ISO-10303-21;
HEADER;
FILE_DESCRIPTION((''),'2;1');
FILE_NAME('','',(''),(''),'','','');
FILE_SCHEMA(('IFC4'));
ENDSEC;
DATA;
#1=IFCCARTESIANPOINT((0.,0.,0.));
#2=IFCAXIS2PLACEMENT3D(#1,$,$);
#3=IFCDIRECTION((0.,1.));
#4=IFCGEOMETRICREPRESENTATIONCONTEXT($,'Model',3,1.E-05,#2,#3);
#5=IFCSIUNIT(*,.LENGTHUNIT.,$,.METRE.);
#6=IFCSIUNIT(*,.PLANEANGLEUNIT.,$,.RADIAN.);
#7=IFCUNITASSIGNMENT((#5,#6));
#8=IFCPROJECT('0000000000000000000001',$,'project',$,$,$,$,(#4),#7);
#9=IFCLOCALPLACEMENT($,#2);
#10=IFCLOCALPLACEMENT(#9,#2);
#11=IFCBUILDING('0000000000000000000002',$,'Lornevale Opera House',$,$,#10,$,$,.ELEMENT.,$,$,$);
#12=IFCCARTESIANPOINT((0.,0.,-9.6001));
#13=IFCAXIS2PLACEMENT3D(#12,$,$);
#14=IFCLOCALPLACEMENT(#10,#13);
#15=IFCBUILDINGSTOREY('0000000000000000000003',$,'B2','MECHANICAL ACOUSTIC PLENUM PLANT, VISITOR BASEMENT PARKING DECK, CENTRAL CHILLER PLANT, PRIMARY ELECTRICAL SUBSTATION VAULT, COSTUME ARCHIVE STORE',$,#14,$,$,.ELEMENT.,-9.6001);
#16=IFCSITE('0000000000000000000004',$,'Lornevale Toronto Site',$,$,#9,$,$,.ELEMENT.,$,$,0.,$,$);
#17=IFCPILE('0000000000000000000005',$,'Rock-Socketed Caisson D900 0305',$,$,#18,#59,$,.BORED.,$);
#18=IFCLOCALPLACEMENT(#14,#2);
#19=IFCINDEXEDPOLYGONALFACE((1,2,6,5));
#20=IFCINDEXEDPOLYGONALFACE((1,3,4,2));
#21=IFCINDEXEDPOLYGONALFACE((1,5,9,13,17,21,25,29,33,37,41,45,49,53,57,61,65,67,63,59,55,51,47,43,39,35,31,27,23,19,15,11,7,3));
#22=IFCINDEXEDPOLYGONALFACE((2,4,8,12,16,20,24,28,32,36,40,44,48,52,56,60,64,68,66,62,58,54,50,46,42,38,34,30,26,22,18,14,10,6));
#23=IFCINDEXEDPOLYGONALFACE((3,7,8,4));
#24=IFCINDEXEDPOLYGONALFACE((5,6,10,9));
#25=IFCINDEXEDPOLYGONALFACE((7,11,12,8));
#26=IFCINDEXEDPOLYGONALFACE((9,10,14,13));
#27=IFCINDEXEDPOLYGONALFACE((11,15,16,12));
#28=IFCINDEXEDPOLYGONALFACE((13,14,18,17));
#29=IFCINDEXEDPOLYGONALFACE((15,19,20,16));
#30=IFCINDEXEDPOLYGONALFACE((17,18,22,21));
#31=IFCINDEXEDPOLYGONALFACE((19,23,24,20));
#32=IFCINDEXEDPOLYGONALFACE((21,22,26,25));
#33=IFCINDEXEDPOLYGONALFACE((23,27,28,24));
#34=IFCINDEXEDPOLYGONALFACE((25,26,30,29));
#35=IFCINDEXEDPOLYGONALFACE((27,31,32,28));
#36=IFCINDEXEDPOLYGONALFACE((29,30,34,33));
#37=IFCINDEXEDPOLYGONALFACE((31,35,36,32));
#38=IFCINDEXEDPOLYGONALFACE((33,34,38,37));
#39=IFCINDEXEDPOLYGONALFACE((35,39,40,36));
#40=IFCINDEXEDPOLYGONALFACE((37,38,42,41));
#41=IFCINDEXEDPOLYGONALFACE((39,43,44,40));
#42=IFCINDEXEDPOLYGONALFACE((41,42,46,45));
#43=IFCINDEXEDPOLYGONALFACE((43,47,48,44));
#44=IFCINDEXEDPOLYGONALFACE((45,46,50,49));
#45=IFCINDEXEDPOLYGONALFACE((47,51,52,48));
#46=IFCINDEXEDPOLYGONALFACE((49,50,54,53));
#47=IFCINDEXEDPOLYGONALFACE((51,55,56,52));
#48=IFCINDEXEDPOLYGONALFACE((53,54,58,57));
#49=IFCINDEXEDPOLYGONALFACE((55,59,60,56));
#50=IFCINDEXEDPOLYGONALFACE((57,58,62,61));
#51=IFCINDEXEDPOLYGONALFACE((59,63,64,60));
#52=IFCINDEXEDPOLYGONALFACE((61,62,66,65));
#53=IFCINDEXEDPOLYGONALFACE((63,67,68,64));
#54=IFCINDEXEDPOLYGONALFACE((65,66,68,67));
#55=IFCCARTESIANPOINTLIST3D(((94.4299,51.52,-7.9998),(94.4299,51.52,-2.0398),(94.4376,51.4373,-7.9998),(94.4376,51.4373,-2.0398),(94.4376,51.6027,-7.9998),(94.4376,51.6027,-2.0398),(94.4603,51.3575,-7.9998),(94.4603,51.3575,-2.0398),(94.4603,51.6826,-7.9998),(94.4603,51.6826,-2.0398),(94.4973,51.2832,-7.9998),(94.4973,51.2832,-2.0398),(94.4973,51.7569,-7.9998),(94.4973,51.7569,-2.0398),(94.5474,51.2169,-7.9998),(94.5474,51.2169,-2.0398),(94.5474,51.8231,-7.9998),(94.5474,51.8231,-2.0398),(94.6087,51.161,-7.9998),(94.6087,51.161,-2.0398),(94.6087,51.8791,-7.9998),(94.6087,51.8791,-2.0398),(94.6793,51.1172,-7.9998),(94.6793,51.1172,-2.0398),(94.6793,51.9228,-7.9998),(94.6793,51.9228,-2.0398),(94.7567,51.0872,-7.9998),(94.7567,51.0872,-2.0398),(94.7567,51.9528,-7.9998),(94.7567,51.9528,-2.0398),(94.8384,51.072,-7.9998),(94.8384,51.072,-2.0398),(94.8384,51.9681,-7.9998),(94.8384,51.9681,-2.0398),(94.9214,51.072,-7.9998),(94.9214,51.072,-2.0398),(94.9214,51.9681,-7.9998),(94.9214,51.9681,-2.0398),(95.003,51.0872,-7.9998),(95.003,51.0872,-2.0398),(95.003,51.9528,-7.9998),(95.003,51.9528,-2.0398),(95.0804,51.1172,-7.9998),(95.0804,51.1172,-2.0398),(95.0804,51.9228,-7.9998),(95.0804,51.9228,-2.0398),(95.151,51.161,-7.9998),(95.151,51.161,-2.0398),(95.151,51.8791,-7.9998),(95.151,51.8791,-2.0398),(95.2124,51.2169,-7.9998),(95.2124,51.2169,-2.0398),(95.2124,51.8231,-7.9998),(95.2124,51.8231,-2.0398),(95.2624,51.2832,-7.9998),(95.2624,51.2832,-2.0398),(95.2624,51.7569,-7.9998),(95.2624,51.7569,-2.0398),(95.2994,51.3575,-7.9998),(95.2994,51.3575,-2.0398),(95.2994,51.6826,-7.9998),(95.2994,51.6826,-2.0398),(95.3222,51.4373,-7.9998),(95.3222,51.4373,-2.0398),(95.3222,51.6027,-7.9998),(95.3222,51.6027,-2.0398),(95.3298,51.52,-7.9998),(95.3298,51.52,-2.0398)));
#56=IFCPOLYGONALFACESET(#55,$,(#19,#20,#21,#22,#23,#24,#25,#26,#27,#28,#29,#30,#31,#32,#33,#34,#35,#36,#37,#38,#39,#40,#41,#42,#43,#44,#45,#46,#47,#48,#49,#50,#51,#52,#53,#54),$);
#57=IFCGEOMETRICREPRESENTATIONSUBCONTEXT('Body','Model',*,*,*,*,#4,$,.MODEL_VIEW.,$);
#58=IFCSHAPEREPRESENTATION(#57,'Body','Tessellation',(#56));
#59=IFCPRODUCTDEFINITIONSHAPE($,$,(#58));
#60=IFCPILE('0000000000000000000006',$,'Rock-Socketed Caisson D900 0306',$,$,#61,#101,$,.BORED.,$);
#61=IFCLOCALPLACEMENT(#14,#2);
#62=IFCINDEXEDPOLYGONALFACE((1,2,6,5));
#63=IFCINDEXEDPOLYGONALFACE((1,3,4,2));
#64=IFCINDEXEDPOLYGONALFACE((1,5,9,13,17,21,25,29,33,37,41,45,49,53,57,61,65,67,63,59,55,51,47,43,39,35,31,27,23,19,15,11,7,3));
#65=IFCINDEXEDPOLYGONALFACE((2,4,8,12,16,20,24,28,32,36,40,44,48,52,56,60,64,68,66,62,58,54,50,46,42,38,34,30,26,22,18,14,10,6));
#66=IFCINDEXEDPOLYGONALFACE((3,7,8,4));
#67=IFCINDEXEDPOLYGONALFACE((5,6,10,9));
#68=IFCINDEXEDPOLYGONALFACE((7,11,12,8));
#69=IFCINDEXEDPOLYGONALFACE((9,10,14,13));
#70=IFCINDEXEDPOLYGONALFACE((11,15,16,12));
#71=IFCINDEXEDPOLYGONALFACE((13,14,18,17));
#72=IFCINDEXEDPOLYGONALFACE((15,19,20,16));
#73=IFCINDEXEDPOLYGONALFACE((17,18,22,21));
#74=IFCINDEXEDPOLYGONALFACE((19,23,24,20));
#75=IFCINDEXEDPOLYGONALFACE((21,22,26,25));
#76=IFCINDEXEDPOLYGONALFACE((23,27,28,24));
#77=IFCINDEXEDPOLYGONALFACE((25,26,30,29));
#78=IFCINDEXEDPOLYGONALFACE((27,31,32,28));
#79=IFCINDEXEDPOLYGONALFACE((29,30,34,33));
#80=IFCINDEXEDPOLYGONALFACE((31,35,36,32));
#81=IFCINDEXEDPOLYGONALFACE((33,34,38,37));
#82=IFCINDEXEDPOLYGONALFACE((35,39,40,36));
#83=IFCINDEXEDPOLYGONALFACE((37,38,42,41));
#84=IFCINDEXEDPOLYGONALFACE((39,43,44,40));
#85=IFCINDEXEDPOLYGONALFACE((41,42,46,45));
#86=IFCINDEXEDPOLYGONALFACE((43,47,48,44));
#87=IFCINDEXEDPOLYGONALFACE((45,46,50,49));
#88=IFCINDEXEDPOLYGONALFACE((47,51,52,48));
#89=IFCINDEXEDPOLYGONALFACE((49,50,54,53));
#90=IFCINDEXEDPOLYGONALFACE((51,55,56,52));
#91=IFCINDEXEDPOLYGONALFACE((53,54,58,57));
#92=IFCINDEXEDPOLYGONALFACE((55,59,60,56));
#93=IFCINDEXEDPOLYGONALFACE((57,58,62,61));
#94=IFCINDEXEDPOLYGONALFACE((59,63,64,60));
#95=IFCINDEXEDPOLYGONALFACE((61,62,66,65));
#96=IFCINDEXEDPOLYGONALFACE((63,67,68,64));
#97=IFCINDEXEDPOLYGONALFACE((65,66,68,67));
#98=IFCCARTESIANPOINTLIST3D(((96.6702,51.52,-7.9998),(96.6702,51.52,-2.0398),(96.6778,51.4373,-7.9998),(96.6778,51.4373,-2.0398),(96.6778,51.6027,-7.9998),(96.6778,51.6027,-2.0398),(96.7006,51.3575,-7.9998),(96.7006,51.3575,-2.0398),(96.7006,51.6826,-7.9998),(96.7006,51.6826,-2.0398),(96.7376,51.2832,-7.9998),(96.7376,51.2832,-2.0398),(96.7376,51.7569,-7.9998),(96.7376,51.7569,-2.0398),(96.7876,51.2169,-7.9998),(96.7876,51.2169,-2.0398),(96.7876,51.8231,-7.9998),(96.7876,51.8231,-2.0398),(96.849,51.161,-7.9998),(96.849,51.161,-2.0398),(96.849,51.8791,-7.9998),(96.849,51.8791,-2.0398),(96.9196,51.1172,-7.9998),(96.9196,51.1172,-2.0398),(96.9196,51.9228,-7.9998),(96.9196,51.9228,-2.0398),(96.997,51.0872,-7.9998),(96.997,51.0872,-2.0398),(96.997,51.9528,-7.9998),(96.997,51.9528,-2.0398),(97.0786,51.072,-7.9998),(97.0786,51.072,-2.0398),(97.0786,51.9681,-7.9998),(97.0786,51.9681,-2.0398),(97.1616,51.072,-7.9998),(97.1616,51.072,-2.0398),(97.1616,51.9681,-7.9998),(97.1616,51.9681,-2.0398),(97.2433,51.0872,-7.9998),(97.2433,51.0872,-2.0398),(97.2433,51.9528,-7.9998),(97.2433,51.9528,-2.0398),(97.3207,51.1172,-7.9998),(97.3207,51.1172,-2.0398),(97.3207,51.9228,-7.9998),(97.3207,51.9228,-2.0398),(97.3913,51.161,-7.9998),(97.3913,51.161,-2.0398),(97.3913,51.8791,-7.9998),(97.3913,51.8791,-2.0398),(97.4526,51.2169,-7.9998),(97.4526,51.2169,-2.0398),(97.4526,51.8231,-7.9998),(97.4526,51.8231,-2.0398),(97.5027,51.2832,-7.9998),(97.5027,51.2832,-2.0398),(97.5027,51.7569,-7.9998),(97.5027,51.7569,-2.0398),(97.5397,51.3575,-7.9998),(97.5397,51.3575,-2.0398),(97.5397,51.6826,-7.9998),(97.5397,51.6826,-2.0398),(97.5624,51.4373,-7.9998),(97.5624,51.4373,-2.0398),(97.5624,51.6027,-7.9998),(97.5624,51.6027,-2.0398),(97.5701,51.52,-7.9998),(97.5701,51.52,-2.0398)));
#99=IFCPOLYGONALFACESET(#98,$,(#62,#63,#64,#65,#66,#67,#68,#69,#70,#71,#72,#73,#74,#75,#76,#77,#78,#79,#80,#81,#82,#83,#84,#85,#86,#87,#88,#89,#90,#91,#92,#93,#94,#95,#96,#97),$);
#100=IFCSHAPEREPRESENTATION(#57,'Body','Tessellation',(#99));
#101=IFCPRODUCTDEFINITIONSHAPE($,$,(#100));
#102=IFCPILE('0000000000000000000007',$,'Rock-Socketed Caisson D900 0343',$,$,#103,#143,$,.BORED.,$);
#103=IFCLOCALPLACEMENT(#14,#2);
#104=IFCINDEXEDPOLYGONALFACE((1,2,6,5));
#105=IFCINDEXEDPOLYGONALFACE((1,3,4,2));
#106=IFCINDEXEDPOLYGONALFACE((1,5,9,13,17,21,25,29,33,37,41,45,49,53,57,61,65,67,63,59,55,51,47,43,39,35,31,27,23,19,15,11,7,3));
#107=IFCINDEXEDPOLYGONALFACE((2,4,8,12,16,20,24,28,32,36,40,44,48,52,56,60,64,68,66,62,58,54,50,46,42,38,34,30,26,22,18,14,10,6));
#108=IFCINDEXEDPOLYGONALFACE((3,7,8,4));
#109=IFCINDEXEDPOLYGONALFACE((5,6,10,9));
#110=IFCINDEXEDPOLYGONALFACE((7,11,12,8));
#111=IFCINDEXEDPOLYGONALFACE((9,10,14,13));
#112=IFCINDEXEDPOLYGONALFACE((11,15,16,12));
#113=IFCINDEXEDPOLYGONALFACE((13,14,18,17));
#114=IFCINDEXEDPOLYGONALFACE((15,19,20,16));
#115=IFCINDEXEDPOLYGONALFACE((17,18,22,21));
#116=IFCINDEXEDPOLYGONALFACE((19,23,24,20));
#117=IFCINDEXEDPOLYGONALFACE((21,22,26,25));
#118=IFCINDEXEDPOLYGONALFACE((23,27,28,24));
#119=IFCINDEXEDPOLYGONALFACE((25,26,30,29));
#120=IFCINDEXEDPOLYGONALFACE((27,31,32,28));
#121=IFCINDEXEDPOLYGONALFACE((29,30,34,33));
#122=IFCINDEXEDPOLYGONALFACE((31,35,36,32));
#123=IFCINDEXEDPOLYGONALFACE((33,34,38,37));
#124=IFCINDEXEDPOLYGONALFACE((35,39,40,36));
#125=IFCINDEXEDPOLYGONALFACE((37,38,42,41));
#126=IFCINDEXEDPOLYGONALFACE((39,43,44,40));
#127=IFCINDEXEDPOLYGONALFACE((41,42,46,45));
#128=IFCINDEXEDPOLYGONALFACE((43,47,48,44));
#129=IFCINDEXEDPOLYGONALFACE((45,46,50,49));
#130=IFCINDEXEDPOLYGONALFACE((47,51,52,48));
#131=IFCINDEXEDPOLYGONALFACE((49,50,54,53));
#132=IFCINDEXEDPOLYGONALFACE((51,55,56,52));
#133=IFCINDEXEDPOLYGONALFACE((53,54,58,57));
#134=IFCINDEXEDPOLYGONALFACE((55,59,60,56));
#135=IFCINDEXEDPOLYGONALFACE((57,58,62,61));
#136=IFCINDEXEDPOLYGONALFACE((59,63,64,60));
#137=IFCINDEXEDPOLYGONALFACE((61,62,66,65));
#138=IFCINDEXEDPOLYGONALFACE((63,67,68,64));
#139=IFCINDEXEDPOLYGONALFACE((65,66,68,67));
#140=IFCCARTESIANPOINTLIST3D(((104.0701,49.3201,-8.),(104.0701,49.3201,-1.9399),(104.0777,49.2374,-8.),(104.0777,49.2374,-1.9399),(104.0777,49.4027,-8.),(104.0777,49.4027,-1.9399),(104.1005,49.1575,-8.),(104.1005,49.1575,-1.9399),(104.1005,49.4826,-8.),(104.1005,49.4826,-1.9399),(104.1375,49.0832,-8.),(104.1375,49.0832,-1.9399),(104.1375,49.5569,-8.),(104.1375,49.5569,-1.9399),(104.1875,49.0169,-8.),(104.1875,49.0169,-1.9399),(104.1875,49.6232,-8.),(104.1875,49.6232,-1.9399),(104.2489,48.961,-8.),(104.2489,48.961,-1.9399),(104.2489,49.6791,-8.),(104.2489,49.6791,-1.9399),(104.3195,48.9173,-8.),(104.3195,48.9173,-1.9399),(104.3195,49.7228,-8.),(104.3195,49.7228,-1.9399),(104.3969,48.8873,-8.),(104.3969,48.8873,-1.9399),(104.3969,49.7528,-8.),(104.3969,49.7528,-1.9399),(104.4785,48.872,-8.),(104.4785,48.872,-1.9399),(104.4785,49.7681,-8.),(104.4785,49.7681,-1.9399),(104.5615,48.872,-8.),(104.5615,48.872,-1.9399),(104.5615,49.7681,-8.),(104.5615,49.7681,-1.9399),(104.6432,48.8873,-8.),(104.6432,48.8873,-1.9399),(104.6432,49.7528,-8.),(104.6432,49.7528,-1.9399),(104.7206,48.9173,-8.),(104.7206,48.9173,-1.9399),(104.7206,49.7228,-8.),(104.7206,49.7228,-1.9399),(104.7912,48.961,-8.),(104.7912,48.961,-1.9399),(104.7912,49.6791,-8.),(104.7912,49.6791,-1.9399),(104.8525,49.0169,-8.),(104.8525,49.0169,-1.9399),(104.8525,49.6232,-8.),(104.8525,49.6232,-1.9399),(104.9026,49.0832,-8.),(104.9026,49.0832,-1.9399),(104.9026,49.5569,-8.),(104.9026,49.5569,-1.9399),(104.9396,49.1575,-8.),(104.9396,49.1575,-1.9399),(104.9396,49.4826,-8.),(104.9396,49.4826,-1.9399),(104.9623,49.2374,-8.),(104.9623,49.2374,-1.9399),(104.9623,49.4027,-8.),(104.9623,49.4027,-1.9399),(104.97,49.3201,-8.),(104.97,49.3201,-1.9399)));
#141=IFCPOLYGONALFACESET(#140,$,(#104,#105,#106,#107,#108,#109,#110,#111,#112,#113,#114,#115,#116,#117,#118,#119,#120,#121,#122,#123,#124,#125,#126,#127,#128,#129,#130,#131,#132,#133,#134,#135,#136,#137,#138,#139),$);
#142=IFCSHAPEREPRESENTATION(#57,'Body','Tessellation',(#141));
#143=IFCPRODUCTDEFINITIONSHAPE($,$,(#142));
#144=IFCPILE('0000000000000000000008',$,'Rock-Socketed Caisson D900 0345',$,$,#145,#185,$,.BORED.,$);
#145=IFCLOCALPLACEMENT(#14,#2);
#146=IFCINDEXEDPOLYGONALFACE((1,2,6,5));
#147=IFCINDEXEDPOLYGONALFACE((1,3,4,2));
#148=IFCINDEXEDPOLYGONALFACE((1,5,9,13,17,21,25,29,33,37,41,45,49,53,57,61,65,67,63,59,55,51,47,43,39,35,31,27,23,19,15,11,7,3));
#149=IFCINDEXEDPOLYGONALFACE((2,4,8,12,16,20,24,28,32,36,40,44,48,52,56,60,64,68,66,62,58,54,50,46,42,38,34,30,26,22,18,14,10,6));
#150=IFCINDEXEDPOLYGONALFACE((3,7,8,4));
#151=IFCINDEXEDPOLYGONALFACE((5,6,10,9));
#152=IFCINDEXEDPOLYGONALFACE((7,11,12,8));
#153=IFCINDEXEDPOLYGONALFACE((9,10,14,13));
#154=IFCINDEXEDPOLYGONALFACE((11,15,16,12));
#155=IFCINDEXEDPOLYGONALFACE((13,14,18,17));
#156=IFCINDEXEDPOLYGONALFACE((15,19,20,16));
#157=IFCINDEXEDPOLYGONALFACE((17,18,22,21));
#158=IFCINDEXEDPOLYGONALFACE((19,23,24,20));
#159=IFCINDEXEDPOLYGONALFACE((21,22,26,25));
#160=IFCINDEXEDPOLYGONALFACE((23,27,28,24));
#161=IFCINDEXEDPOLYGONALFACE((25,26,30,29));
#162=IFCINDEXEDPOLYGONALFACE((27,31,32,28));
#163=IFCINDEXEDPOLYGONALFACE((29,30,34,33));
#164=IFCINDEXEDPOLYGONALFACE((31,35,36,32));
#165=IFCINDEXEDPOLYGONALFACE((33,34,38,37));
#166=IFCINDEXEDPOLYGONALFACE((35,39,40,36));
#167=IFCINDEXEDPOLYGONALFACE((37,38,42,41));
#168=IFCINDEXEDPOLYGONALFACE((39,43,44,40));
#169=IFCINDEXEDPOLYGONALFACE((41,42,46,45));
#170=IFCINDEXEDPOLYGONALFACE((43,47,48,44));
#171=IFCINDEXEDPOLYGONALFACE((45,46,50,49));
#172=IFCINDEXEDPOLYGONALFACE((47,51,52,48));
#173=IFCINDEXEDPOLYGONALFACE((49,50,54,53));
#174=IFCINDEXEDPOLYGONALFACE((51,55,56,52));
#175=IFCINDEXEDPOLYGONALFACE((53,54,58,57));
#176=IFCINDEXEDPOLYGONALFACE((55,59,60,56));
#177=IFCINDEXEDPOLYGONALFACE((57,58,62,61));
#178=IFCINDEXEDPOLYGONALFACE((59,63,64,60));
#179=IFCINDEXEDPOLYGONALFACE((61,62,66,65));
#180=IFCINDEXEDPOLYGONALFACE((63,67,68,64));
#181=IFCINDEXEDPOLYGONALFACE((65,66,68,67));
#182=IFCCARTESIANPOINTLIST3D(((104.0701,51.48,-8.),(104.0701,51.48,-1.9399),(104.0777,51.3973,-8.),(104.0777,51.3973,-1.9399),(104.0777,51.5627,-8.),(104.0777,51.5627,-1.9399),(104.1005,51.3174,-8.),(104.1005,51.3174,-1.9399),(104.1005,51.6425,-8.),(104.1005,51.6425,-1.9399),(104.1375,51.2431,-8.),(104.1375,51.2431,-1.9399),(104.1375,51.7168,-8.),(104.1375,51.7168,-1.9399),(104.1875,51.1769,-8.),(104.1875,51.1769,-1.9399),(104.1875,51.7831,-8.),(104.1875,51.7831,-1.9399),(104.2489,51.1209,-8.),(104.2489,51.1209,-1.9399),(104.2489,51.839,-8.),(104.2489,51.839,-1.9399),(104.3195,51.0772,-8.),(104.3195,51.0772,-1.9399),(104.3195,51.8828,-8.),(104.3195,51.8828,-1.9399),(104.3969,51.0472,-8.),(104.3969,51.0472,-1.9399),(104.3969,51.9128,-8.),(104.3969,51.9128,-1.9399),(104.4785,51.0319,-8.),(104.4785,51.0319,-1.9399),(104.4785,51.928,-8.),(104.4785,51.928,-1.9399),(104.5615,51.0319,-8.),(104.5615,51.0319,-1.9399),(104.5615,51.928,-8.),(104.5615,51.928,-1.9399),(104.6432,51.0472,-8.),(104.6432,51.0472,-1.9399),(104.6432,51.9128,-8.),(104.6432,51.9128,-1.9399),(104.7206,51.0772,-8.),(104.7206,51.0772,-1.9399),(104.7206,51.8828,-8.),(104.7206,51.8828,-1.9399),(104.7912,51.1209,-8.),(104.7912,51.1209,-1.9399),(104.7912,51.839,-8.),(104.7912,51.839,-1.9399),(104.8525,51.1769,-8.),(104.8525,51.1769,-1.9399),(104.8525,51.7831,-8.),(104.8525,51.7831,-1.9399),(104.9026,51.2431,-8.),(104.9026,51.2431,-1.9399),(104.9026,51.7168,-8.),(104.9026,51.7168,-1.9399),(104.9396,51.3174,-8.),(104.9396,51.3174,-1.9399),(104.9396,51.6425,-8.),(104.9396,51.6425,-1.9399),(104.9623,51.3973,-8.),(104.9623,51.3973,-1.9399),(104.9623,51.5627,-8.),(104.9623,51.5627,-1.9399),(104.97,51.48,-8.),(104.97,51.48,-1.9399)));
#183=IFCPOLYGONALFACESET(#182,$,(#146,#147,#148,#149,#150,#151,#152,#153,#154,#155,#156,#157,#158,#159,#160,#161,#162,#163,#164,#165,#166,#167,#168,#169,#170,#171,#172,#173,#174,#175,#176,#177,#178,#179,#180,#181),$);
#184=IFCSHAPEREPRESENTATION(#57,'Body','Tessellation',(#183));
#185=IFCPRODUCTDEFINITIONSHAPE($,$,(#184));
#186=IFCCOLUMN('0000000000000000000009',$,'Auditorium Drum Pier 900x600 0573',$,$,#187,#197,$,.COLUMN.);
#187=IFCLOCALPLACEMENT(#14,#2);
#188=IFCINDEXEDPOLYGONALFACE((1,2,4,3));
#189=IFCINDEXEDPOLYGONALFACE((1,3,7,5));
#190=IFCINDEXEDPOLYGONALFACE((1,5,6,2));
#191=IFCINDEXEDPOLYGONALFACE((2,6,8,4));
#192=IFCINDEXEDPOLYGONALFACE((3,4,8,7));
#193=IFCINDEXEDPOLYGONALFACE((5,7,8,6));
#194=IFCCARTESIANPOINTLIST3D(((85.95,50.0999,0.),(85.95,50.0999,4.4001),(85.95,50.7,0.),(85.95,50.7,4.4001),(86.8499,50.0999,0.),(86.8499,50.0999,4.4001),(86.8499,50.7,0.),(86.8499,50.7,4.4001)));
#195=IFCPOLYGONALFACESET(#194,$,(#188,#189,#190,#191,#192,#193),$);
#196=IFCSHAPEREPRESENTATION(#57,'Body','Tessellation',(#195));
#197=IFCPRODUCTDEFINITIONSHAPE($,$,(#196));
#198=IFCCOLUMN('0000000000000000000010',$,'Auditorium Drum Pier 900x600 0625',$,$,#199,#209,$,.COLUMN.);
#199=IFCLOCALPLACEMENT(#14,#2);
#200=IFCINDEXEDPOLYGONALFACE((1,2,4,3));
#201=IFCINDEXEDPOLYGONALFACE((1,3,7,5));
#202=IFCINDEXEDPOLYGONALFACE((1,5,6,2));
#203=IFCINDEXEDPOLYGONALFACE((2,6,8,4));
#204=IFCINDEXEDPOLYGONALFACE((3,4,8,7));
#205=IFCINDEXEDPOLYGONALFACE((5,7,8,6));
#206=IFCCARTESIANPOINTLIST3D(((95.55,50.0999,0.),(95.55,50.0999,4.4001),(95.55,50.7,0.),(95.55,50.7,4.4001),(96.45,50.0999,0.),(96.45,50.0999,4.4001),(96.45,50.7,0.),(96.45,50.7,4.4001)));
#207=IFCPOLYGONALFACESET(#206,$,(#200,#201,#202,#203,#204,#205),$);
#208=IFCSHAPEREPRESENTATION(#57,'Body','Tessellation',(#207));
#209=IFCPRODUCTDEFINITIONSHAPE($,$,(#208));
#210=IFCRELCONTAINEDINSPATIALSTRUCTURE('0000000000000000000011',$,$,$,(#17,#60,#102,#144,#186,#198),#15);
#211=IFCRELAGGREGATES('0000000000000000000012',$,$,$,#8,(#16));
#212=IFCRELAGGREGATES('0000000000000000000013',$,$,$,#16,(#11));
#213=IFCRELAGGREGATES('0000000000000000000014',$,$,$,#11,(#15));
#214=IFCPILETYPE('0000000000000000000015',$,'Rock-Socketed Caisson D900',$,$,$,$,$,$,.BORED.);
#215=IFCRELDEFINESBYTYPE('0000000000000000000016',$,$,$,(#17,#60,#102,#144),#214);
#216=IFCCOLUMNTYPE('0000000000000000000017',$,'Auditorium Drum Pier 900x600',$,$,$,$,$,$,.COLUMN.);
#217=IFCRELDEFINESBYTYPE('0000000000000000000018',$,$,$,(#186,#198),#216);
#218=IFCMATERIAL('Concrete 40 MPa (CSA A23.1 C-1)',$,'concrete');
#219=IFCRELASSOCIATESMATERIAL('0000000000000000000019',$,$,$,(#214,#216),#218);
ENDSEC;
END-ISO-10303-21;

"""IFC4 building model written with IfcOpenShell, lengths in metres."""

from ifc_helpers import new_model, si_unit, direction, frame, origin, origin_2d, place, context, subcontext, project, spatial, rectangle, circle, extrude, material, material_profile, profile_set, type_object, element, save


model = new_model("IFC4")

# Units and contexts
model_context = context("Model", 3, precision=1e-05, world=origin(), true_north=direction((0.0, 1.0)))
body_context = subcontext(model_context, "Body", "Model", "MODEL_VIEW")
ifc_project = project(units=[si_unit("LENGTHUNIT", "METRE"), si_unit("PLANEANGLEUNIT", "RADIAN")], contexts=[model_context])

# Site, building, storey
site_placement = place(None, origin())
site = spatial("IfcSite", under=ifc_project, at=site_placement, Name="Lornevale Toronto Site", CompositionType="ELEMENT", RefElevation=0.0)
building_placement = place(site_placement, origin())
building = spatial("IfcBuilding", under=site, at=building_placement, Name="Lornevale Opera House", CompositionType="ELEMENT")
storey_placement = place(building_placement, frame((0.0, 0.0, -9.6001)))
storey = spatial("IfcBuildingStorey", under=building, at=storey_placement, Name="B2", Description="MECHANICAL ACOUSTIC PLENUM PLANT, VISITOR BASEMENT PARKING DECK, CENTRAL CHILLER PLANT, PRIMARY ELECTRICAL SUBSTATION VAULT, COSTUME ARCHIVE STORE", CompositionType="ELEMENT", Elevation=-9.6001)

# Piles
ifc_material_1 = material(Name="Concrete 40 MPa (CSA A23.1 C-1)", Category="concrete")
ifc_material_profile_1 = material_profile(ifc_material_1, circle(Radius=0.45, at=origin_2d()), Name="CAIS900")
ifc_profile_set_1 = profile_set([ifc_material_profile_1], Name="Concrete 40 MPa (CSA A23.1 C-1)")
pile_type_1 = type_object("IfcPileType", Name="Rock-Socketed Caisson D900", PredefinedType="BORED", material=ifc_profile_set_1)
for number, where, z_axis, x_axis, name in (
    (1, (94.8799, 51.52, -2.0398), (0.0, 0.0, -1.0), (1.0, 0.0, 0.0), "Rock-Socketed Caisson D900 0305"),
    (2, (97.1201, 51.52, -2.0398), (0.0, 0.0, -1.0), (1.0, 0.0, 0.0), "Rock-Socketed Caisson D900 0306"),
):
    element("IfcPile", number, at=place(storey_placement, frame(where, z_axis=z_axis, x_axis=x_axis)), inside=storey, type_object=pile_type_1, Name=name, PredefinedType="BORED", context=body_context, shape_type="SweptSolid", body=[
        extrude(circle(Radius=0.45, at=origin_2d()), origin(), (0.0, 0.0, 1.0), 5.96),
    ])
for number, where, z_axis, x_axis, name in (
    (3, (104.52, 49.3201, -1.9399), (0.0, 0.0, -1.0), (1.0, 0.0, 0.0), "Rock-Socketed Caisson D900 0343"),
    (4, (104.52, 51.48, -1.9399), (0.0, 0.0, -1.0), (1.0, 0.0, 0.0), "Rock-Socketed Caisson D900 0345"),
):
    element("IfcPile", number, at=place(storey_placement, frame(where, z_axis=z_axis, x_axis=x_axis)), inside=storey, type_object=pile_type_1, Name=name, PredefinedType="BORED", context=body_context, shape_type="SweptSolid", body=[
        extrude(circle(Radius=0.45, at=origin_2d()), origin(), (0.0, 0.0, 1.0), 6.0601),
    ])

# Columns
ifc_material_profile_2 = material_profile(ifc_material_1, rectangle(XDim=0.8999, YDim=0.6001, at=origin_2d()), Name="RC900x600")
ifc_profile_set_2 = profile_set([ifc_material_profile_2], Name="Concrete 40 MPa (CSA A23.1 C-1)")
column_type = type_object("IfcColumnType", Name="Auditorium Drum Pier 900x600", PredefinedType="COLUMN", material=ifc_profile_set_2)
for number, where, z_axis, x_axis, name in (
    (5, (86.3999, 50.3999, 0.0), (0.0, 0.0, 1.0), (1.0, 0.0, 0.0), "Auditorium Drum Pier 900x600 0573"),
    (6, (96.0, 50.3999, 0.0), (0.0, 0.0, 1.0), (1.0, 0.0, 0.0), "Auditorium Drum Pier 900x600 0625"),
):
    element("IfcColumn", number, at=place(storey_placement, frame(where, z_axis=z_axis, x_axis=x_axis)), inside=storey, type_object=column_type, Name=name, PredefinedType="COLUMN", context=body_context, shape_type="SweptSolid", body=[
        extrude(rectangle(XDim=0.8999, YDim=0.6001, at=origin_2d()), origin(), (0.0, 0.0, 1.0), 4.4001),
    ])

save(model, "model.ifc")
